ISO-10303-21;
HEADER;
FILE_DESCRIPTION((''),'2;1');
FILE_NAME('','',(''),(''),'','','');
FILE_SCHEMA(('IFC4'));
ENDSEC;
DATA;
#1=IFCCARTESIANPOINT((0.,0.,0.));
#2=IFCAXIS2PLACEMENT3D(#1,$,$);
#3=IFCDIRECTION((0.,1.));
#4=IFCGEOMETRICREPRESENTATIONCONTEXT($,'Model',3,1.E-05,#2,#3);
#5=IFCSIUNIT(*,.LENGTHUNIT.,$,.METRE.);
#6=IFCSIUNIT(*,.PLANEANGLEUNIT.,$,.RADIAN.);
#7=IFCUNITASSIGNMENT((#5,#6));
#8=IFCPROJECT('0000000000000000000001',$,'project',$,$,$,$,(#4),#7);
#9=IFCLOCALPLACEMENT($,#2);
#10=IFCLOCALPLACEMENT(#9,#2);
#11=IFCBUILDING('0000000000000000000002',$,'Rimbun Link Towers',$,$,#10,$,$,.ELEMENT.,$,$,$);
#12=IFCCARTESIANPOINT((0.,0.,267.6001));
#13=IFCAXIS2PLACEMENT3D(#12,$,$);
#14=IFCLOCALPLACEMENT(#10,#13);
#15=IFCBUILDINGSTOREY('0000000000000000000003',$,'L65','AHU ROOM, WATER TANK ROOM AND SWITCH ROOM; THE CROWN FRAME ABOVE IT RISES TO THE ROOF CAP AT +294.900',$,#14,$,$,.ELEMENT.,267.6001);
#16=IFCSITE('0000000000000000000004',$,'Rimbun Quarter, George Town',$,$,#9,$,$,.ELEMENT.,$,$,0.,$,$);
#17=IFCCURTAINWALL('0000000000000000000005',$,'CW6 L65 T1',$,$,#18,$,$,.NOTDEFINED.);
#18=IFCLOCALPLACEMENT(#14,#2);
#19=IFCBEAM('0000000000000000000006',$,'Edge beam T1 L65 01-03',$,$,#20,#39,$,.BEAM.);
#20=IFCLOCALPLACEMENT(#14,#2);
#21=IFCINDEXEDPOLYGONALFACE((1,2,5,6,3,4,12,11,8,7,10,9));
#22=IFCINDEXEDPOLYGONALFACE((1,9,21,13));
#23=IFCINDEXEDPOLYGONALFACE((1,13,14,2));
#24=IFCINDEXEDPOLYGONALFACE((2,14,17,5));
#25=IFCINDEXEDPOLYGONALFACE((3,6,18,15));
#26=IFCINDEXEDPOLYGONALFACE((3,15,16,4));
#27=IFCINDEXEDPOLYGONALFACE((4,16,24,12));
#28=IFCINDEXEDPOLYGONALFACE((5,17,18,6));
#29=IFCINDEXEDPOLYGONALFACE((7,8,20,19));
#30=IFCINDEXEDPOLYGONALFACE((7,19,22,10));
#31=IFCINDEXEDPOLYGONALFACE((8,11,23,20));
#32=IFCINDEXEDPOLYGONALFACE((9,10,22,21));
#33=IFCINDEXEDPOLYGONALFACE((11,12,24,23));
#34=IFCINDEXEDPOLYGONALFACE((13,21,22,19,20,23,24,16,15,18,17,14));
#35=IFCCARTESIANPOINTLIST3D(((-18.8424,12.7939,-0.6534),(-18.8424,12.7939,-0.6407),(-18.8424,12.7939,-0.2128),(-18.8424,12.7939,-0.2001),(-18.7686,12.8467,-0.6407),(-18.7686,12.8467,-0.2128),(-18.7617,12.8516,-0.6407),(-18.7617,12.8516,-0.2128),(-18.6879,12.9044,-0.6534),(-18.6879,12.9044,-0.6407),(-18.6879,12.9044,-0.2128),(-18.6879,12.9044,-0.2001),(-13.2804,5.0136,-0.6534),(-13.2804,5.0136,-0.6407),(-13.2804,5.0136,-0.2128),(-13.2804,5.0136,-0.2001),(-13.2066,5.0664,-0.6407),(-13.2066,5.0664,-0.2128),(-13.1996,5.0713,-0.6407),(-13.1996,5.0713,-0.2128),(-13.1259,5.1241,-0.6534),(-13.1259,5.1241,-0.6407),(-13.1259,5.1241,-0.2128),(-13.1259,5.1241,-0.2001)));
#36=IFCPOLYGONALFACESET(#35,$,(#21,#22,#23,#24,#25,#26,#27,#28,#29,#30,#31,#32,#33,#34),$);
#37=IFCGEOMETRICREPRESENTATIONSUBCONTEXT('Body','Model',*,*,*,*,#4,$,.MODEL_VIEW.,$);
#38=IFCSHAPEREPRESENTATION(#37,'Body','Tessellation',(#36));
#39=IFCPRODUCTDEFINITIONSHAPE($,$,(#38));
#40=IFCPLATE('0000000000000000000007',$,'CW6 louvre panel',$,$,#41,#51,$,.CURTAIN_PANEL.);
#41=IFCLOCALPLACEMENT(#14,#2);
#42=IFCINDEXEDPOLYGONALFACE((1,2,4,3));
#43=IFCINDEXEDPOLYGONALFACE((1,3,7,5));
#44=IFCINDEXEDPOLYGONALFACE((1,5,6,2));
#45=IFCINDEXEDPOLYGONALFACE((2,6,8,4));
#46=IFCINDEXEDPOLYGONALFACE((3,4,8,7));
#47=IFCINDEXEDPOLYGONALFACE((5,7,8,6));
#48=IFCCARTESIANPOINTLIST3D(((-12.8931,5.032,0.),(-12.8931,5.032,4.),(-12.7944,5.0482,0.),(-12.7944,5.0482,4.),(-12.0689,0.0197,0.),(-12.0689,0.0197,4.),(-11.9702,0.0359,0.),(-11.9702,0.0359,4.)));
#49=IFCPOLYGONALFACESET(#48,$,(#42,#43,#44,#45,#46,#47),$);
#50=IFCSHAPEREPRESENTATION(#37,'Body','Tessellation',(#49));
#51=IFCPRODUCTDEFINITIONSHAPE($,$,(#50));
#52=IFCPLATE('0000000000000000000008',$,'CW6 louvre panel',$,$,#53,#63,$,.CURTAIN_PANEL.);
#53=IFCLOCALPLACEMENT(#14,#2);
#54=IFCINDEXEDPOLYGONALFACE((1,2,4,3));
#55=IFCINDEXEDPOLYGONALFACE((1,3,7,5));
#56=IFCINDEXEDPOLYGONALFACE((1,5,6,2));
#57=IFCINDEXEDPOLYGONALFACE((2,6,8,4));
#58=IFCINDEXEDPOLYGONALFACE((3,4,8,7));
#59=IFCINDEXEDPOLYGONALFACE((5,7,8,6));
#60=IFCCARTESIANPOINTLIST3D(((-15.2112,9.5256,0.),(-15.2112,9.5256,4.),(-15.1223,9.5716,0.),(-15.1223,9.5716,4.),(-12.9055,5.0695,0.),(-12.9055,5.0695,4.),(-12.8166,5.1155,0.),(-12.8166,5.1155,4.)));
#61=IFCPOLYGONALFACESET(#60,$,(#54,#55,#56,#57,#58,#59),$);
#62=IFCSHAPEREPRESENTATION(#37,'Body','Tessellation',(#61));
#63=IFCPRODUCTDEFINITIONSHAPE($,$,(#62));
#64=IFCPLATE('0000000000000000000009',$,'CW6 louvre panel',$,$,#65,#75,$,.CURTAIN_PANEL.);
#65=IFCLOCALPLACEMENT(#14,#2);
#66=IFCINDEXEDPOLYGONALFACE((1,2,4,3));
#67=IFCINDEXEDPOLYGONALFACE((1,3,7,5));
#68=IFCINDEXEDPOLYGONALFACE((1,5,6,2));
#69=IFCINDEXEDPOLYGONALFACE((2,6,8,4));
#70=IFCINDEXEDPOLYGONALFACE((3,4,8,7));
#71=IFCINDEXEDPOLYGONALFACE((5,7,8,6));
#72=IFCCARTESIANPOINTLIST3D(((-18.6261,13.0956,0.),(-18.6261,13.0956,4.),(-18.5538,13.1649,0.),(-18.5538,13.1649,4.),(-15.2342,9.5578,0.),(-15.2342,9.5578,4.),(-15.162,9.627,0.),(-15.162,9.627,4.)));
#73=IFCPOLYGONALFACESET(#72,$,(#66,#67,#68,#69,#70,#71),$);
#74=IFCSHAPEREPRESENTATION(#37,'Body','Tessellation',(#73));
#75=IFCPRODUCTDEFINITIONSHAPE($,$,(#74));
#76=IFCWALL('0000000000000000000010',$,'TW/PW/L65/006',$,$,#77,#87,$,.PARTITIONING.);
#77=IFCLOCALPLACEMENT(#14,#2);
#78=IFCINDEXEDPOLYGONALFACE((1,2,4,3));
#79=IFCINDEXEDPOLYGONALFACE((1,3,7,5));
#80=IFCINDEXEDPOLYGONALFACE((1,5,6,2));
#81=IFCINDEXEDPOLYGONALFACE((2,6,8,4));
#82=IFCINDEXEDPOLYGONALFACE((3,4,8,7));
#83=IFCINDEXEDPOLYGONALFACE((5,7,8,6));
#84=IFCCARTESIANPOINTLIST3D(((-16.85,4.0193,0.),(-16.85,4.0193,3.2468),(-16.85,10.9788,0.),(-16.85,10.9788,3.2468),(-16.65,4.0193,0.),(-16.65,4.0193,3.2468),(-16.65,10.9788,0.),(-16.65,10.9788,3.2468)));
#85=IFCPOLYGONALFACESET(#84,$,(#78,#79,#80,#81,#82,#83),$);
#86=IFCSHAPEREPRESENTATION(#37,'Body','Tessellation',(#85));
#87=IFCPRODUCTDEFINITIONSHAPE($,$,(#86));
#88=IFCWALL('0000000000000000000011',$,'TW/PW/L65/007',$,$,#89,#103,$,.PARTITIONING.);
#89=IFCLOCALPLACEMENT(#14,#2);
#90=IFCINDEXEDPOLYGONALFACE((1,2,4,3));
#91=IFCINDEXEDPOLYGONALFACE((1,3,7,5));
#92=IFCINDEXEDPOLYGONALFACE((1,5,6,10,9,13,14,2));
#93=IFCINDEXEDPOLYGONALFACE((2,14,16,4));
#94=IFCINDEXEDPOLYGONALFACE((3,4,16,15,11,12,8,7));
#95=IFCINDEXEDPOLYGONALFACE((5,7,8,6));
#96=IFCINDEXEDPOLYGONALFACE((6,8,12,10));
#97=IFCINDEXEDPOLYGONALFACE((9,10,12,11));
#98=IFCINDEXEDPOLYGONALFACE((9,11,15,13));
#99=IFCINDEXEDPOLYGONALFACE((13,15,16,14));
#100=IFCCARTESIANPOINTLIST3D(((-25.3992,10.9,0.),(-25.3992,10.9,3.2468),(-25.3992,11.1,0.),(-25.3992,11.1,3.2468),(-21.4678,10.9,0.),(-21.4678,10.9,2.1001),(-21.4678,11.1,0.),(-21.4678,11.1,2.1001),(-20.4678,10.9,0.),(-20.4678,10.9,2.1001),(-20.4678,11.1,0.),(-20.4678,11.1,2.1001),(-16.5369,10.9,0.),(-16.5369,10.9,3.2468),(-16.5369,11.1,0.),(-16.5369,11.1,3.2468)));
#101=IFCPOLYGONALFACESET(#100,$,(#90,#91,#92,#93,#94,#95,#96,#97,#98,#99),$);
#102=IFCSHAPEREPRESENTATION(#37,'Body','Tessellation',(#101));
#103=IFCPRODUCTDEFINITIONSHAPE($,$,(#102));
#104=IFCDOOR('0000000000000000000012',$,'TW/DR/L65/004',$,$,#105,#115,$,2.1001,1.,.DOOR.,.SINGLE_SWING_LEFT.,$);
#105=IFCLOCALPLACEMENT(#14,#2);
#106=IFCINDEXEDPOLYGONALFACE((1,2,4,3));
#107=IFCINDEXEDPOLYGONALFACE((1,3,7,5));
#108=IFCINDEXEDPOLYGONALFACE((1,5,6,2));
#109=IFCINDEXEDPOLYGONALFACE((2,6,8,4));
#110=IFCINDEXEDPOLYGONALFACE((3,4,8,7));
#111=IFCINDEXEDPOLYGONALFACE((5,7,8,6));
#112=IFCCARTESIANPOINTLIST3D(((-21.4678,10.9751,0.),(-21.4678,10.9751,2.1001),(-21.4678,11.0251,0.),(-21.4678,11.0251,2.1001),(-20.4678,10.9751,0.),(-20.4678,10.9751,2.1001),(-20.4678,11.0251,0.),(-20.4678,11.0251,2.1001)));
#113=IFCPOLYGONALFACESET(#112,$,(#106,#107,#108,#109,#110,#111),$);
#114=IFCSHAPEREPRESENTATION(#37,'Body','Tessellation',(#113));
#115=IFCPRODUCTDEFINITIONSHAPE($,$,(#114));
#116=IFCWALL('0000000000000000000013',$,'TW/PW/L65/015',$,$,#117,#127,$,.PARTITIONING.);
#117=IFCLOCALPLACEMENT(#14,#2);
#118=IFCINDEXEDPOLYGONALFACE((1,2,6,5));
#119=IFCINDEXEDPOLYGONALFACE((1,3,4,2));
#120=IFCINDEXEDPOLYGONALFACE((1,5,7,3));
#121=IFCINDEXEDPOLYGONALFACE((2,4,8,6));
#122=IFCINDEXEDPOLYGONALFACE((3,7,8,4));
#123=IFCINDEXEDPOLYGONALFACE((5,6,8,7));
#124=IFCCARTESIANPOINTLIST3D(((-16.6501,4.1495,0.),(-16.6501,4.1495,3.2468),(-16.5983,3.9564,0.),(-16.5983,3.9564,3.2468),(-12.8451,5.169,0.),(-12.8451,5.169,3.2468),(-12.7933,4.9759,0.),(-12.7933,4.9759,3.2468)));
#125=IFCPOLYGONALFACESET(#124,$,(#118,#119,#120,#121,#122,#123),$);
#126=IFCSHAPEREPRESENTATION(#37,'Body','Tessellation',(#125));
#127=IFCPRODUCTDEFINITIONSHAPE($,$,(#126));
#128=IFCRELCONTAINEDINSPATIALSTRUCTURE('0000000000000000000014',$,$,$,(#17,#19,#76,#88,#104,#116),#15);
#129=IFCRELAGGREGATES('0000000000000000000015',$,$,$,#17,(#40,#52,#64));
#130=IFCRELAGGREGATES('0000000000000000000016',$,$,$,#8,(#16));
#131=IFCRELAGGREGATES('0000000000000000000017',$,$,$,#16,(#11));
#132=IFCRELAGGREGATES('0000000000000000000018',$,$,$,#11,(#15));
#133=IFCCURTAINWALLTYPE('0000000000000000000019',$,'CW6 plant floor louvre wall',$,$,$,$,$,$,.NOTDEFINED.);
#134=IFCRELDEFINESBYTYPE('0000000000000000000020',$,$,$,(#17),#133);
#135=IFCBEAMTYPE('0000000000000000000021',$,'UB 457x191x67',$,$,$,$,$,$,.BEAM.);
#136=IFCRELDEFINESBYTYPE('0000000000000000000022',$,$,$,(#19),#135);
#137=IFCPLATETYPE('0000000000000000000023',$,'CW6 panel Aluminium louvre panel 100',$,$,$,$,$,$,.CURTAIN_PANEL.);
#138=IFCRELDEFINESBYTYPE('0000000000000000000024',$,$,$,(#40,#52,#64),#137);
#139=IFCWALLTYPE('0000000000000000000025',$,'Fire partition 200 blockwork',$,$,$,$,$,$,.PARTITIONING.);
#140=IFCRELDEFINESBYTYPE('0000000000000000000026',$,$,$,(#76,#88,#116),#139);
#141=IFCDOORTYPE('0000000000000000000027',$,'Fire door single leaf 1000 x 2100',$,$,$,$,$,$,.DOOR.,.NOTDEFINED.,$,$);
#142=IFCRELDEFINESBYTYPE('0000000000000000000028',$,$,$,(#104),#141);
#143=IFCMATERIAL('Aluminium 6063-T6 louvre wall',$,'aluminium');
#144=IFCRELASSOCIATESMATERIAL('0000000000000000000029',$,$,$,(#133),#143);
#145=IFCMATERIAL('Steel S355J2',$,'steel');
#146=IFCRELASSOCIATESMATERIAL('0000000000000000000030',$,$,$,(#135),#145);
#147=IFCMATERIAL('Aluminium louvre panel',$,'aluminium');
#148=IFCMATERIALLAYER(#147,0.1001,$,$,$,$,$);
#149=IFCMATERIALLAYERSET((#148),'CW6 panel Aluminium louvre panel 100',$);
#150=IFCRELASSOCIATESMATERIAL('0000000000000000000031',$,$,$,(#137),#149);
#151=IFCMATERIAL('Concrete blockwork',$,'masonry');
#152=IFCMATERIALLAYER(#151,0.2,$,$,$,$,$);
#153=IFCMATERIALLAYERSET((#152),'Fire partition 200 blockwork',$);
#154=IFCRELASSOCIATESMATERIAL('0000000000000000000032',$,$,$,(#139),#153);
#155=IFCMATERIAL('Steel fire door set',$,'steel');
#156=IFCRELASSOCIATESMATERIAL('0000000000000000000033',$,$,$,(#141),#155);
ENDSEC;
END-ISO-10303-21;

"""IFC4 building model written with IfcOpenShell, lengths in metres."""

from ifc_helpers import new_model, si_unit, direction, frame, frame_2d, origin, origin_2d, place, context, subcontext, project, spatial, rectangle, i_section, extrude, material, layer, layer_set, material_profile, profile_set, type_object, element, fill, aggregate, save


model = new_model("IFC4")

# Units and contexts
model_context = context("Model", 3, precision=1e-05, world=origin(), true_north=direction((0.0, 1.0)))
body_context = subcontext(model_context, "Body", "Model", "MODEL_VIEW")
ifc_project = project(units=[si_unit("LENGTHUNIT", "METRE"), si_unit("PLANEANGLEUNIT", "RADIAN")], contexts=[model_context])

# Site, building, storey
site_placement = place(None, origin())
site = spatial("IfcSite", under=ifc_project, at=site_placement, Name="Rimbun Quarter, George Town", CompositionType="ELEMENT", RefElevation=0.0)
building_placement = place(site_placement, origin())
building = spatial("IfcBuilding", under=site, at=building_placement, Name="Rimbun Link Towers", CompositionType="ELEMENT")
storey_placement = place(building_placement, frame((0.0, 0.0, 267.6001)))
storey = spatial("IfcBuildingStorey", under=building, at=storey_placement, Name="L65", Description="AHU ROOM, WATER TANK ROOM AND SWITCH ROOM; THE CROWN FRAME ABOVE IT RISES TO THE ROOF CAP AT +294.900", CompositionType="ELEMENT", Elevation=267.6001)

# Curtain wall
ifc_material_1 = material(Name="Aluminium 6063-T6 louvre wall", Category="aluminium")
curtain_wall_type = type_object("IfcCurtainWallType", Name="CW6 plant floor louvre wall", PredefinedType="NOTDEFINED", material=ifc_material_1)
curtain_wall_placement = place(storey_placement, origin())
curtain_wall = element("IfcCurtainWall", 1, at=curtain_wall_placement, inside=storey, type_object=curtain_wall_type, Name="CW6 L65 T1", PredefinedType="NOTDEFINED")

# Beam
ifc_material_2 = material(Name="Steel S355J2", Category="steel")
ifc_material_profile_1 = material_profile(ifc_material_2, i_section(OverallWidth=0.1899, OverallDepth=0.4534, WebThickness=0.0085, FlangeThickness=0.0127, at=origin_2d()), Name="UB 457x191x67")
ifc_profile_set_1 = profile_set([ifc_material_profile_1], Name="Steel S355J2")
beam_type_1 = type_object("IfcBeamType", Name="UB 457x191x67", PredefinedType="BEAM", material=ifc_profile_set_1)
beam_1_placement = place(storey_placement, frame((-13.2031, 5.0688, -0.4268), z_axis=(-0.581562, 0.813502, 0.0), x_axis=(-0.813502, -0.581562, 0.0)))
element("IfcBeam", 2, at=beam_1_placement, inside=storey, type_object=beam_type_1, Name="Edge beam T1 L65 01-03", PredefinedType="BEAM", context=body_context, shape_type="SweptSolid", body=[
    extrude(i_section(OverallWidth=0.1899, OverallDepth=0.4534, WebThickness=0.0085, FlangeThickness=0.0127, at=origin_2d()), origin(), (0.0, 0.0, 1.0), 9.564),
])

# Plates
ifc_material_3 = material(Name="Aluminium louvre panel", Category="aluminium")
ifc_layer_1 = layer(ifc_material_3, 0.1001)
ifc_layer_set_1 = layer_set([ifc_layer_1], Name="CW6 panel Aluminium louvre panel 100")
plate_type = type_object("IfcPlateType", Name="CW6 panel Aluminium louvre panel 100", PredefinedType="CURTAIN_PANEL", material=ifc_layer_set_1)
plate_1_placement = place(storey_placement, frame((-12.4316, 2.5339, 0.0), z_axis=(0.0, 0.0, 1.0), x_axis=(0.162257, -0.986748, 0.0)))
plate_1 = element("IfcPlate", 3, at=plate_1_placement, type_object=plate_type, Name="CW6 louvre panel", PredefinedType="CURTAIN_PANEL", context=body_context, shape_type="SweptSolid", body=[
    extrude(rectangle(XDim=5.0796, YDim=0.1001, at=origin_2d()), origin(), (0.0, 0.0, 1.0), 4.0),
])
plate_2_placement = place(storey_placement, frame((-14.0139, 7.3206, 0.0), z_axis=(0.0, 0.0, 1.0), x_axis=(0.459557, -0.888148, 0.0)))
plate_2 = element("IfcPlate", 4, at=plate_2_placement, type_object=plate_type, Name="CW6 louvre panel", PredefinedType="CURTAIN_PANEL", context=body_context, shape_type="SweptSolid", body=[
    extrude(rectangle(XDim=5.0173, YDim=0.1001, at=origin_2d()), origin(), (0.0, 0.0, 1.0), 4.0),
])
plate_3_placement = place(storey_placement, frame((-16.894, 11.3613, 0.0), z_axis=(0.0, 0.0, 1.0), x_axis=(0.692054, -0.721845, 0.0)))
plate_3 = element("IfcPlate", 5, at=plate_3_placement, type_object=plate_type, Name="CW6 louvre panel", PredefinedType="CURTAIN_PANEL", context=body_context, shape_type="SweptSolid", body=[
    extrude(rectangle(XDim=4.9011, YDim=0.1001, at=origin_2d()), origin(), (0.0, 0.0, 1.0), 4.0),
])
aggregate(curtain_wall, [plate_1, plate_2, plate_3])

# Wall
ifc_material_4 = material(Name="Concrete blockwork", Category="masonry")
ifc_layer_2 = layer(ifc_material_4, 0.2)
ifc_layer_set_2 = layer_set([ifc_layer_2], Name="Fire partition 200 blockwork")
wall_type = type_object("IfcWallType", Name="Fire partition 200 blockwork", PredefinedType="PARTITIONING", material=ifc_layer_set_2)
wall_1_placement = place(storey_placement, frame((-16.75, 4.0193, 0.0), z_axis=(0.0, 0.0, 1.0), x_axis=(0.0, 1.0, 0.0)))
element("IfcWall", 6, at=wall_1_placement, inside=storey, type_object=wall_type, Name="TW/PW/L65/006", PredefinedType="PARTITIONING", context=body_context, shape_type="SweptSolid", body=[
    extrude(rectangle(XDim=6.9595, YDim=0.2, at=frame_2d((3.4797, 0.0))), origin(), (0.0, 0.0, 1.0), 3.2468),
])

# Wall, opening, door
wall_2_placement = place(storey_placement, frame((-16.5369, 11.0, 0.0), z_axis=(0.0, 0.0, 1.0), x_axis=(-1.0, 0.0, 0.0)))
wall_2 = element("IfcWall", 7, at=wall_2_placement, inside=storey, type_object=wall_type, Name="TW/PW/L65/007", PredefinedType="PARTITIONING", context=body_context, shape_type="SweptSolid", body=[
    extrude(rectangle(XDim=8.8623, YDim=0.2, at=frame_2d((4.4312, 0.0))), origin(), (0.0, 0.0, 1.0), 3.2468),
])
opening_placement = place(wall_2_placement, frame((3.9309, 0.0, 0.0)))
opening = element("IfcOpeningElement", 8, at=opening_placement, cuts=wall_2, PredefinedType="OPENING", context=body_context, shape_type="SweptSolid", body=[
    extrude(rectangle(XDim=1.0, YDim=2.1001, at=frame_2d((0.5, 1.05))), frame((0.0, 0.1099, 0.0), z_axis=(0.0, -1.0, 0.0), x_axis=(1.0, 0.0, 0.0)), (0.0, 0.0, 1.0), 0.22),
])
ifc_material_5 = material(Name="Steel fire door set", Category="steel")
door_type = type_object("IfcDoorType", Name="Fire door single leaf 1000 x 2100", OperationType="NOTDEFINED", PredefinedType="DOOR", material=ifc_material_5)
door_placement = place(opening_placement, origin())
door = element("IfcDoor", 9, at=door_placement, inside=storey, type_object=door_type, Name="TW/DR/L65/004", OperationType="SINGLE_SWING_LEFT", OverallHeight=2.1001, OverallWidth=1.0, PredefinedType="DOOR", context=body_context, shape_type="SweptSolid", body=[
    extrude(rectangle(XDim=1.0, YDim=2.1001, at=frame_2d((0.5, 1.05))), frame((0.0, 0.0249, 0.0), z_axis=(0.0, -1.0, 0.0), x_axis=(1.0, 0.0, 0.0)), (0.0, 0.0, 1.0), 0.05),
])
fill(opening, door)

# Wall
wall_3_placement = place(storey_placement, frame((-12.8191, 5.0725, 0.0), z_axis=(0.0, 0.0, 1.0), x_axis=(-0.965926, -0.25882, 0.0)))
element("IfcWall", 10, at=wall_3_placement, inside=storey, type_object=wall_type, Name="TW/PW/L65/015", PredefinedType="PARTITIONING", context=body_context, shape_type="SweptSolid", body=[
    extrude(rectangle(XDim=3.9392, YDim=0.2, at=frame_2d((1.9697, 0.0))), origin(), (0.0, 0.0, 1.0), 3.2468),
])

save(model, "model.ifc")
